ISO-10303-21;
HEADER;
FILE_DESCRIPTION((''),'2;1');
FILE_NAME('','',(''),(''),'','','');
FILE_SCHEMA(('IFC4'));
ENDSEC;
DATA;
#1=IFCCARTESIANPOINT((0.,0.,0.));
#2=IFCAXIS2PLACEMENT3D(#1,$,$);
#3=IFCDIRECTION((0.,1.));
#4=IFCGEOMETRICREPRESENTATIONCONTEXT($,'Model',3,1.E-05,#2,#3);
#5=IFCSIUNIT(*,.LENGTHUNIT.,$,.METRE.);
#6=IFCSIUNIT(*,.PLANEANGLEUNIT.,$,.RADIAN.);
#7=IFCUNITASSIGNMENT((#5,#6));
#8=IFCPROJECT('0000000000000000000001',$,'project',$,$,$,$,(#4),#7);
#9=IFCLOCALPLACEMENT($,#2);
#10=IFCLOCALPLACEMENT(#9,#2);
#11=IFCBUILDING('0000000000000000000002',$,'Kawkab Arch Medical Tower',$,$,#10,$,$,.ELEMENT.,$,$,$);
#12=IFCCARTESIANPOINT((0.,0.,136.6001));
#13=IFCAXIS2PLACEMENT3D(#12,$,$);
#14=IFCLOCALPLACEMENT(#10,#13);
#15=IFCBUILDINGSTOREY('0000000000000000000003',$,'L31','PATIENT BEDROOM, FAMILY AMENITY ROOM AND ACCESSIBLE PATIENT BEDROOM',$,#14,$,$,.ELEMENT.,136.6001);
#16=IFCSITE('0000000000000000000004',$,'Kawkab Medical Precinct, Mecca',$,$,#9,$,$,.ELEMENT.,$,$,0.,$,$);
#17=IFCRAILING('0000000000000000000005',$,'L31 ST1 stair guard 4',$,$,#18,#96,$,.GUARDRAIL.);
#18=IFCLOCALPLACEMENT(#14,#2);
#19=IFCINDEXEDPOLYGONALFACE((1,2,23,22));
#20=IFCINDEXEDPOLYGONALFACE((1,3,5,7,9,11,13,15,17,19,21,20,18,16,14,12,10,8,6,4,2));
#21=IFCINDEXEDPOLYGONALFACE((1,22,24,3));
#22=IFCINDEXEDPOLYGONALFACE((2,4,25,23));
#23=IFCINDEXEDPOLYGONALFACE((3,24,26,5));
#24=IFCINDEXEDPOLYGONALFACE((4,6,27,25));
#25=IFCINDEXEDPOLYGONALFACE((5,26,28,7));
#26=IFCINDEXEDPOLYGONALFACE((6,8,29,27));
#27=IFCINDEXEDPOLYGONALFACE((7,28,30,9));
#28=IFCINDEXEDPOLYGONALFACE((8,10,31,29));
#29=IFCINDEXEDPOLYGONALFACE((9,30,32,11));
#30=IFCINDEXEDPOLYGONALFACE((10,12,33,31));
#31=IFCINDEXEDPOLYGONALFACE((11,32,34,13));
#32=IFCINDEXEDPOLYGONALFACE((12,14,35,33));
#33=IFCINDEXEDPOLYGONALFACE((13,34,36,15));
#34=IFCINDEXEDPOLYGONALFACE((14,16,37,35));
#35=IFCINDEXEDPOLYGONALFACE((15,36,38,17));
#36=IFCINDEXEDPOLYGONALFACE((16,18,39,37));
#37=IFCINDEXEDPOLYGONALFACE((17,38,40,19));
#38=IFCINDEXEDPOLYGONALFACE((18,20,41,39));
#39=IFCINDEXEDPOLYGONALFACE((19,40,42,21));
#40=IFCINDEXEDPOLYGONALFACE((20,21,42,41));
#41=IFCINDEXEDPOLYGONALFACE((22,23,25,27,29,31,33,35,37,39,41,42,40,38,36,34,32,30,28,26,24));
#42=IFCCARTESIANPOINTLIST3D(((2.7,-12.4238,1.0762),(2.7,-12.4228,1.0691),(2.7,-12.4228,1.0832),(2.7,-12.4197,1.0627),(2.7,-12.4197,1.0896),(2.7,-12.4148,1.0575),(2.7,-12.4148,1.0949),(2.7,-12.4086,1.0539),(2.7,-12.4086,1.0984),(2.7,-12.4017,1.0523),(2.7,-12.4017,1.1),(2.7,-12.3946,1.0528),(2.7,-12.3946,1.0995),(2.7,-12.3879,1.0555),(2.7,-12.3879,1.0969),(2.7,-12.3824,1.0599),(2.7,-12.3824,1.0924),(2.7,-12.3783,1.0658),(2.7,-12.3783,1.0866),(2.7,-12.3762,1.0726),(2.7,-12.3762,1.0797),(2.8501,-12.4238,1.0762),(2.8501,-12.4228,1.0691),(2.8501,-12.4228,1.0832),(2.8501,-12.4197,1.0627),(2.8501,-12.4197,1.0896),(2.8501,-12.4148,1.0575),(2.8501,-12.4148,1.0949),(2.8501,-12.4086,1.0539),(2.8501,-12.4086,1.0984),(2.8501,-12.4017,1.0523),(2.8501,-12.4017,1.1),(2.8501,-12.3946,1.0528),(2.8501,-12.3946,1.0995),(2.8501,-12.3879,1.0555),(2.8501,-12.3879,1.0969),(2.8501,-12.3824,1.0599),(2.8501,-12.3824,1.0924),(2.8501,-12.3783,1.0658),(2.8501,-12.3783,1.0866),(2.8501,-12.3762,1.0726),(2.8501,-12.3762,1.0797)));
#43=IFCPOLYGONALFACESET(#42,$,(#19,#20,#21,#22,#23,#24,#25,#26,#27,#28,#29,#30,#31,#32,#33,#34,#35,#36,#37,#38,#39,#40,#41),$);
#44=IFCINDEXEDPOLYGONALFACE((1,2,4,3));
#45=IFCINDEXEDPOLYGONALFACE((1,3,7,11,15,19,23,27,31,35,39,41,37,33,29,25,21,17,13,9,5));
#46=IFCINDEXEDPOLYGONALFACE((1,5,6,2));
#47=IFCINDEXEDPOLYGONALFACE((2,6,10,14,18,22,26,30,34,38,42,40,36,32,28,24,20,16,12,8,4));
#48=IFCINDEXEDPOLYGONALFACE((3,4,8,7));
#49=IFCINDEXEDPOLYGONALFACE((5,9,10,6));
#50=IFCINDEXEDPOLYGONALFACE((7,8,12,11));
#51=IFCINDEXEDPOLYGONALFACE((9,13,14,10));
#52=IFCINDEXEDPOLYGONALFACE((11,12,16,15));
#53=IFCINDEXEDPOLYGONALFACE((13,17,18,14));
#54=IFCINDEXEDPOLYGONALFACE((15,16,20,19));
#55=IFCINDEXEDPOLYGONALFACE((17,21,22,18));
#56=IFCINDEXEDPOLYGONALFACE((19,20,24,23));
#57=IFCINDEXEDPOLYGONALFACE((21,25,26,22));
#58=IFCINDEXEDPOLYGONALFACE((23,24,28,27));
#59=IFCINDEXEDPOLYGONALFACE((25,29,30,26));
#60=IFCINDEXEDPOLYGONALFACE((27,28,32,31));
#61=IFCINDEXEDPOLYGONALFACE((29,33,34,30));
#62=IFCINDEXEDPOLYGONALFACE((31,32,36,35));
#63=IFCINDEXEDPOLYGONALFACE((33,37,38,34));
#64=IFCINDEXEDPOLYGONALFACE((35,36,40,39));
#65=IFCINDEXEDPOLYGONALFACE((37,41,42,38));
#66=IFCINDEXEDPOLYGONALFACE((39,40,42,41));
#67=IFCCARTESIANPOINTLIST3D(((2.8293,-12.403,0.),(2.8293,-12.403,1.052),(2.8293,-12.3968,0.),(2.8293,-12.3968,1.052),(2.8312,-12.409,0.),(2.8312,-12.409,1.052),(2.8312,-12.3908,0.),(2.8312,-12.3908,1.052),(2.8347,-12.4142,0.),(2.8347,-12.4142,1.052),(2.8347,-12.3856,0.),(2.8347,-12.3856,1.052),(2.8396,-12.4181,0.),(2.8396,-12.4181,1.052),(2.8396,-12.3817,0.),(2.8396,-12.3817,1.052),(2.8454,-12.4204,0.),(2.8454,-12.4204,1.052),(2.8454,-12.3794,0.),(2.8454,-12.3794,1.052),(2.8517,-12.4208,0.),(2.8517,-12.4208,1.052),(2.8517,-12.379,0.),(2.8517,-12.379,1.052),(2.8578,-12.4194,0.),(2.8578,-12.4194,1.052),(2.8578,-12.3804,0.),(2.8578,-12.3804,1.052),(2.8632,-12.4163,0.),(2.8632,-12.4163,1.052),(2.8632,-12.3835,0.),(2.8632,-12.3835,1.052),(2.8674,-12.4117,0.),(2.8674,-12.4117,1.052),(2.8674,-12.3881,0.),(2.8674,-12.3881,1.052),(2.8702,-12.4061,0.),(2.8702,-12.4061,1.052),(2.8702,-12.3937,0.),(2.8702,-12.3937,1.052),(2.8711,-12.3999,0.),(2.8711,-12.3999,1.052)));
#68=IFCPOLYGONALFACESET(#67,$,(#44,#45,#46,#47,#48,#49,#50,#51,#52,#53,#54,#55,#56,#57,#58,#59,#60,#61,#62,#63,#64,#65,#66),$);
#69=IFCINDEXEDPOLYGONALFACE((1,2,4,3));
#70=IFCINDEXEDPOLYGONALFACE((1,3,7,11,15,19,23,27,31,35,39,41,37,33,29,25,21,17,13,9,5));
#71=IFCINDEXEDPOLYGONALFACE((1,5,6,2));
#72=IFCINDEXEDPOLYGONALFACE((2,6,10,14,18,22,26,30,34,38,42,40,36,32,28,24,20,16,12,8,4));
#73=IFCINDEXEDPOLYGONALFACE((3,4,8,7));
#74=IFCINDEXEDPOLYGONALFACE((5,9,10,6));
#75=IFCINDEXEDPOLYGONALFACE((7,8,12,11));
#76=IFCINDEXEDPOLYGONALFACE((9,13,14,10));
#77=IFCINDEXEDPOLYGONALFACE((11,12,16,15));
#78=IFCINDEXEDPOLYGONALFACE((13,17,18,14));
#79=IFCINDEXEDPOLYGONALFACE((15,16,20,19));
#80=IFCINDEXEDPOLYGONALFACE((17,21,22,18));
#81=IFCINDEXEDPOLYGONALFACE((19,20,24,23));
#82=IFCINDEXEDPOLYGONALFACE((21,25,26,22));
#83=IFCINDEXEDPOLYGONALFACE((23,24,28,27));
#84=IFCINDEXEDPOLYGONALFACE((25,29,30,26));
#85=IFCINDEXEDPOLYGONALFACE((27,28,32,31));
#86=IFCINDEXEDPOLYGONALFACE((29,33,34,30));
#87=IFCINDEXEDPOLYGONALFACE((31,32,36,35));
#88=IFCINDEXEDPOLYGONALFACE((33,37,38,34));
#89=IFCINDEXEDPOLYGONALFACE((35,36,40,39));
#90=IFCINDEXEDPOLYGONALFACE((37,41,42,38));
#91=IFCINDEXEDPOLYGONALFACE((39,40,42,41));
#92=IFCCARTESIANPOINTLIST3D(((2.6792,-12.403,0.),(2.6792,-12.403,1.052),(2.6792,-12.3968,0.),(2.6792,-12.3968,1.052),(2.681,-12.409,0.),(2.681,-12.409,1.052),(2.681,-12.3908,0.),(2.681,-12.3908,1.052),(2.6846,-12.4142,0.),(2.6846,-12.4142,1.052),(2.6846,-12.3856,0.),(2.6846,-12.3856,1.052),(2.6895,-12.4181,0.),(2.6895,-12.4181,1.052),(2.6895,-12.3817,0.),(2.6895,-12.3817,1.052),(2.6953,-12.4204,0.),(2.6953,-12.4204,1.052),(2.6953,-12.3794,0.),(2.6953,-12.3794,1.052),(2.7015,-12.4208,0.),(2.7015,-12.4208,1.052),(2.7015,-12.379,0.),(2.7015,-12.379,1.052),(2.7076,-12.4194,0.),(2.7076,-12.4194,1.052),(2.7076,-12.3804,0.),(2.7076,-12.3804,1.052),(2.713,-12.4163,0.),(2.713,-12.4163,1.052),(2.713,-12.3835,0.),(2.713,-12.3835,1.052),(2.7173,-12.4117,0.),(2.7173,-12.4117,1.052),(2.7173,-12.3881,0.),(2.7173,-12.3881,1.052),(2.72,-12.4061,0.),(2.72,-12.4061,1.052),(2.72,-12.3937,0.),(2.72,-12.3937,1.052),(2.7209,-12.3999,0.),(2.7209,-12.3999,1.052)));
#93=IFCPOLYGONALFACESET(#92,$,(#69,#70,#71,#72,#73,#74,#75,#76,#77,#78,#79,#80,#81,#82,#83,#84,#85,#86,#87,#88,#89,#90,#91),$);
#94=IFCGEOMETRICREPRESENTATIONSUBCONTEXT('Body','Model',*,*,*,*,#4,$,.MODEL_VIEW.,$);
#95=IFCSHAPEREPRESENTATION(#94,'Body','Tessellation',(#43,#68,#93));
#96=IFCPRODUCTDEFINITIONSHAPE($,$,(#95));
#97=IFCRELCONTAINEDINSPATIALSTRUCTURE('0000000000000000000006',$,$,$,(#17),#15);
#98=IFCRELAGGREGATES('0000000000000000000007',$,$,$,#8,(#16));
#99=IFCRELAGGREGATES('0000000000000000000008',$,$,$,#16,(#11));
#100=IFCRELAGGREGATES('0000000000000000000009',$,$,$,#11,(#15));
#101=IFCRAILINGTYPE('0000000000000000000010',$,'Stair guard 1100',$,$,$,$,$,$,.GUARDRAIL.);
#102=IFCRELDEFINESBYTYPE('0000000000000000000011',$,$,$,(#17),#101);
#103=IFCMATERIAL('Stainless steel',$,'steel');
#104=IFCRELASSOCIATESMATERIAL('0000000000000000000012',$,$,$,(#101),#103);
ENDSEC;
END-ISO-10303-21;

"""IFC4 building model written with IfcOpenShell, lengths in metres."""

from ifc_helpers import new_model, si_unit, direction, frame, origin, origin_2d, place, context, subcontext, project, spatial, circle, extrude, material, type_object, element, save


model = new_model("IFC4")

# Units and contexts
model_context = context("Model", 3, precision=1e-05, world=origin(), true_north=direction((0.0, 1.0)))
body_context = subcontext(model_context, "Body", "Model", "MODEL_VIEW")
ifc_project = project(units=[si_unit("LENGTHUNIT", "METRE"), si_unit("PLANEANGLEUNIT", "RADIAN")], contexts=[model_context])

# Site, building, storey
site_placement = place(None, origin())
site = spatial("IfcSite", under=ifc_project, at=site_placement, Name="Kawkab Medical Precinct, Mecca", CompositionType="ELEMENT", RefElevation=0.0)
building_placement = place(site_placement, origin())
building = spatial("IfcBuilding", under=site, at=building_placement, Name="Kawkab Arch Medical Tower", CompositionType="ELEMENT")
storey_placement = place(building_placement, frame((0.0, 0.0, 136.6001)))
storey = spatial("IfcBuildingStorey", under=building, at=storey_placement, Name="L31", Description="PATIENT BEDROOM, FAMILY AMENITY ROOM AND ACCESSIBLE PATIENT BEDROOM", CompositionType="ELEMENT", Elevation=136.6001)

# Railing
ifc_material_1 = material(Name="Stainless steel", Category="steel")
railing_type_1 = type_object("IfcRailingType", Name="Stair guard 1100", PredefinedType="GUARDRAIL", material=ifc_material_1)
railing_1_placement = place(storey_placement, frame((2.8501, -12.3999, 0.0)))
element("IfcRailing", 1, at=railing_1_placement, inside=storey, type_object=railing_type_1, Name="L31 ST1 stair guard 4", PredefinedType="GUARDRAIL", context=body_context, shape_type="SweptSolid", body=[
    extrude(circle(Radius=0.0239, at=origin_2d()), frame((0.0, 0.0, 1.0762), z_axis=(-1.0, 0.0, 0.0), x_axis=(0.0, -1.0, 0.0)), (0.0, 0.0, 1.0), 0.1501),
    extrude(circle(Radius=0.021, at=origin_2d()), origin(), (0.0, 0.0, 1.0), 1.052),
    extrude(circle(Radius=0.021, at=origin_2d()), frame((-0.1501, 0.0, 0.0)), (0.0, 0.0, 1.0), 1.052),
])

save(model, "model.ifc")
